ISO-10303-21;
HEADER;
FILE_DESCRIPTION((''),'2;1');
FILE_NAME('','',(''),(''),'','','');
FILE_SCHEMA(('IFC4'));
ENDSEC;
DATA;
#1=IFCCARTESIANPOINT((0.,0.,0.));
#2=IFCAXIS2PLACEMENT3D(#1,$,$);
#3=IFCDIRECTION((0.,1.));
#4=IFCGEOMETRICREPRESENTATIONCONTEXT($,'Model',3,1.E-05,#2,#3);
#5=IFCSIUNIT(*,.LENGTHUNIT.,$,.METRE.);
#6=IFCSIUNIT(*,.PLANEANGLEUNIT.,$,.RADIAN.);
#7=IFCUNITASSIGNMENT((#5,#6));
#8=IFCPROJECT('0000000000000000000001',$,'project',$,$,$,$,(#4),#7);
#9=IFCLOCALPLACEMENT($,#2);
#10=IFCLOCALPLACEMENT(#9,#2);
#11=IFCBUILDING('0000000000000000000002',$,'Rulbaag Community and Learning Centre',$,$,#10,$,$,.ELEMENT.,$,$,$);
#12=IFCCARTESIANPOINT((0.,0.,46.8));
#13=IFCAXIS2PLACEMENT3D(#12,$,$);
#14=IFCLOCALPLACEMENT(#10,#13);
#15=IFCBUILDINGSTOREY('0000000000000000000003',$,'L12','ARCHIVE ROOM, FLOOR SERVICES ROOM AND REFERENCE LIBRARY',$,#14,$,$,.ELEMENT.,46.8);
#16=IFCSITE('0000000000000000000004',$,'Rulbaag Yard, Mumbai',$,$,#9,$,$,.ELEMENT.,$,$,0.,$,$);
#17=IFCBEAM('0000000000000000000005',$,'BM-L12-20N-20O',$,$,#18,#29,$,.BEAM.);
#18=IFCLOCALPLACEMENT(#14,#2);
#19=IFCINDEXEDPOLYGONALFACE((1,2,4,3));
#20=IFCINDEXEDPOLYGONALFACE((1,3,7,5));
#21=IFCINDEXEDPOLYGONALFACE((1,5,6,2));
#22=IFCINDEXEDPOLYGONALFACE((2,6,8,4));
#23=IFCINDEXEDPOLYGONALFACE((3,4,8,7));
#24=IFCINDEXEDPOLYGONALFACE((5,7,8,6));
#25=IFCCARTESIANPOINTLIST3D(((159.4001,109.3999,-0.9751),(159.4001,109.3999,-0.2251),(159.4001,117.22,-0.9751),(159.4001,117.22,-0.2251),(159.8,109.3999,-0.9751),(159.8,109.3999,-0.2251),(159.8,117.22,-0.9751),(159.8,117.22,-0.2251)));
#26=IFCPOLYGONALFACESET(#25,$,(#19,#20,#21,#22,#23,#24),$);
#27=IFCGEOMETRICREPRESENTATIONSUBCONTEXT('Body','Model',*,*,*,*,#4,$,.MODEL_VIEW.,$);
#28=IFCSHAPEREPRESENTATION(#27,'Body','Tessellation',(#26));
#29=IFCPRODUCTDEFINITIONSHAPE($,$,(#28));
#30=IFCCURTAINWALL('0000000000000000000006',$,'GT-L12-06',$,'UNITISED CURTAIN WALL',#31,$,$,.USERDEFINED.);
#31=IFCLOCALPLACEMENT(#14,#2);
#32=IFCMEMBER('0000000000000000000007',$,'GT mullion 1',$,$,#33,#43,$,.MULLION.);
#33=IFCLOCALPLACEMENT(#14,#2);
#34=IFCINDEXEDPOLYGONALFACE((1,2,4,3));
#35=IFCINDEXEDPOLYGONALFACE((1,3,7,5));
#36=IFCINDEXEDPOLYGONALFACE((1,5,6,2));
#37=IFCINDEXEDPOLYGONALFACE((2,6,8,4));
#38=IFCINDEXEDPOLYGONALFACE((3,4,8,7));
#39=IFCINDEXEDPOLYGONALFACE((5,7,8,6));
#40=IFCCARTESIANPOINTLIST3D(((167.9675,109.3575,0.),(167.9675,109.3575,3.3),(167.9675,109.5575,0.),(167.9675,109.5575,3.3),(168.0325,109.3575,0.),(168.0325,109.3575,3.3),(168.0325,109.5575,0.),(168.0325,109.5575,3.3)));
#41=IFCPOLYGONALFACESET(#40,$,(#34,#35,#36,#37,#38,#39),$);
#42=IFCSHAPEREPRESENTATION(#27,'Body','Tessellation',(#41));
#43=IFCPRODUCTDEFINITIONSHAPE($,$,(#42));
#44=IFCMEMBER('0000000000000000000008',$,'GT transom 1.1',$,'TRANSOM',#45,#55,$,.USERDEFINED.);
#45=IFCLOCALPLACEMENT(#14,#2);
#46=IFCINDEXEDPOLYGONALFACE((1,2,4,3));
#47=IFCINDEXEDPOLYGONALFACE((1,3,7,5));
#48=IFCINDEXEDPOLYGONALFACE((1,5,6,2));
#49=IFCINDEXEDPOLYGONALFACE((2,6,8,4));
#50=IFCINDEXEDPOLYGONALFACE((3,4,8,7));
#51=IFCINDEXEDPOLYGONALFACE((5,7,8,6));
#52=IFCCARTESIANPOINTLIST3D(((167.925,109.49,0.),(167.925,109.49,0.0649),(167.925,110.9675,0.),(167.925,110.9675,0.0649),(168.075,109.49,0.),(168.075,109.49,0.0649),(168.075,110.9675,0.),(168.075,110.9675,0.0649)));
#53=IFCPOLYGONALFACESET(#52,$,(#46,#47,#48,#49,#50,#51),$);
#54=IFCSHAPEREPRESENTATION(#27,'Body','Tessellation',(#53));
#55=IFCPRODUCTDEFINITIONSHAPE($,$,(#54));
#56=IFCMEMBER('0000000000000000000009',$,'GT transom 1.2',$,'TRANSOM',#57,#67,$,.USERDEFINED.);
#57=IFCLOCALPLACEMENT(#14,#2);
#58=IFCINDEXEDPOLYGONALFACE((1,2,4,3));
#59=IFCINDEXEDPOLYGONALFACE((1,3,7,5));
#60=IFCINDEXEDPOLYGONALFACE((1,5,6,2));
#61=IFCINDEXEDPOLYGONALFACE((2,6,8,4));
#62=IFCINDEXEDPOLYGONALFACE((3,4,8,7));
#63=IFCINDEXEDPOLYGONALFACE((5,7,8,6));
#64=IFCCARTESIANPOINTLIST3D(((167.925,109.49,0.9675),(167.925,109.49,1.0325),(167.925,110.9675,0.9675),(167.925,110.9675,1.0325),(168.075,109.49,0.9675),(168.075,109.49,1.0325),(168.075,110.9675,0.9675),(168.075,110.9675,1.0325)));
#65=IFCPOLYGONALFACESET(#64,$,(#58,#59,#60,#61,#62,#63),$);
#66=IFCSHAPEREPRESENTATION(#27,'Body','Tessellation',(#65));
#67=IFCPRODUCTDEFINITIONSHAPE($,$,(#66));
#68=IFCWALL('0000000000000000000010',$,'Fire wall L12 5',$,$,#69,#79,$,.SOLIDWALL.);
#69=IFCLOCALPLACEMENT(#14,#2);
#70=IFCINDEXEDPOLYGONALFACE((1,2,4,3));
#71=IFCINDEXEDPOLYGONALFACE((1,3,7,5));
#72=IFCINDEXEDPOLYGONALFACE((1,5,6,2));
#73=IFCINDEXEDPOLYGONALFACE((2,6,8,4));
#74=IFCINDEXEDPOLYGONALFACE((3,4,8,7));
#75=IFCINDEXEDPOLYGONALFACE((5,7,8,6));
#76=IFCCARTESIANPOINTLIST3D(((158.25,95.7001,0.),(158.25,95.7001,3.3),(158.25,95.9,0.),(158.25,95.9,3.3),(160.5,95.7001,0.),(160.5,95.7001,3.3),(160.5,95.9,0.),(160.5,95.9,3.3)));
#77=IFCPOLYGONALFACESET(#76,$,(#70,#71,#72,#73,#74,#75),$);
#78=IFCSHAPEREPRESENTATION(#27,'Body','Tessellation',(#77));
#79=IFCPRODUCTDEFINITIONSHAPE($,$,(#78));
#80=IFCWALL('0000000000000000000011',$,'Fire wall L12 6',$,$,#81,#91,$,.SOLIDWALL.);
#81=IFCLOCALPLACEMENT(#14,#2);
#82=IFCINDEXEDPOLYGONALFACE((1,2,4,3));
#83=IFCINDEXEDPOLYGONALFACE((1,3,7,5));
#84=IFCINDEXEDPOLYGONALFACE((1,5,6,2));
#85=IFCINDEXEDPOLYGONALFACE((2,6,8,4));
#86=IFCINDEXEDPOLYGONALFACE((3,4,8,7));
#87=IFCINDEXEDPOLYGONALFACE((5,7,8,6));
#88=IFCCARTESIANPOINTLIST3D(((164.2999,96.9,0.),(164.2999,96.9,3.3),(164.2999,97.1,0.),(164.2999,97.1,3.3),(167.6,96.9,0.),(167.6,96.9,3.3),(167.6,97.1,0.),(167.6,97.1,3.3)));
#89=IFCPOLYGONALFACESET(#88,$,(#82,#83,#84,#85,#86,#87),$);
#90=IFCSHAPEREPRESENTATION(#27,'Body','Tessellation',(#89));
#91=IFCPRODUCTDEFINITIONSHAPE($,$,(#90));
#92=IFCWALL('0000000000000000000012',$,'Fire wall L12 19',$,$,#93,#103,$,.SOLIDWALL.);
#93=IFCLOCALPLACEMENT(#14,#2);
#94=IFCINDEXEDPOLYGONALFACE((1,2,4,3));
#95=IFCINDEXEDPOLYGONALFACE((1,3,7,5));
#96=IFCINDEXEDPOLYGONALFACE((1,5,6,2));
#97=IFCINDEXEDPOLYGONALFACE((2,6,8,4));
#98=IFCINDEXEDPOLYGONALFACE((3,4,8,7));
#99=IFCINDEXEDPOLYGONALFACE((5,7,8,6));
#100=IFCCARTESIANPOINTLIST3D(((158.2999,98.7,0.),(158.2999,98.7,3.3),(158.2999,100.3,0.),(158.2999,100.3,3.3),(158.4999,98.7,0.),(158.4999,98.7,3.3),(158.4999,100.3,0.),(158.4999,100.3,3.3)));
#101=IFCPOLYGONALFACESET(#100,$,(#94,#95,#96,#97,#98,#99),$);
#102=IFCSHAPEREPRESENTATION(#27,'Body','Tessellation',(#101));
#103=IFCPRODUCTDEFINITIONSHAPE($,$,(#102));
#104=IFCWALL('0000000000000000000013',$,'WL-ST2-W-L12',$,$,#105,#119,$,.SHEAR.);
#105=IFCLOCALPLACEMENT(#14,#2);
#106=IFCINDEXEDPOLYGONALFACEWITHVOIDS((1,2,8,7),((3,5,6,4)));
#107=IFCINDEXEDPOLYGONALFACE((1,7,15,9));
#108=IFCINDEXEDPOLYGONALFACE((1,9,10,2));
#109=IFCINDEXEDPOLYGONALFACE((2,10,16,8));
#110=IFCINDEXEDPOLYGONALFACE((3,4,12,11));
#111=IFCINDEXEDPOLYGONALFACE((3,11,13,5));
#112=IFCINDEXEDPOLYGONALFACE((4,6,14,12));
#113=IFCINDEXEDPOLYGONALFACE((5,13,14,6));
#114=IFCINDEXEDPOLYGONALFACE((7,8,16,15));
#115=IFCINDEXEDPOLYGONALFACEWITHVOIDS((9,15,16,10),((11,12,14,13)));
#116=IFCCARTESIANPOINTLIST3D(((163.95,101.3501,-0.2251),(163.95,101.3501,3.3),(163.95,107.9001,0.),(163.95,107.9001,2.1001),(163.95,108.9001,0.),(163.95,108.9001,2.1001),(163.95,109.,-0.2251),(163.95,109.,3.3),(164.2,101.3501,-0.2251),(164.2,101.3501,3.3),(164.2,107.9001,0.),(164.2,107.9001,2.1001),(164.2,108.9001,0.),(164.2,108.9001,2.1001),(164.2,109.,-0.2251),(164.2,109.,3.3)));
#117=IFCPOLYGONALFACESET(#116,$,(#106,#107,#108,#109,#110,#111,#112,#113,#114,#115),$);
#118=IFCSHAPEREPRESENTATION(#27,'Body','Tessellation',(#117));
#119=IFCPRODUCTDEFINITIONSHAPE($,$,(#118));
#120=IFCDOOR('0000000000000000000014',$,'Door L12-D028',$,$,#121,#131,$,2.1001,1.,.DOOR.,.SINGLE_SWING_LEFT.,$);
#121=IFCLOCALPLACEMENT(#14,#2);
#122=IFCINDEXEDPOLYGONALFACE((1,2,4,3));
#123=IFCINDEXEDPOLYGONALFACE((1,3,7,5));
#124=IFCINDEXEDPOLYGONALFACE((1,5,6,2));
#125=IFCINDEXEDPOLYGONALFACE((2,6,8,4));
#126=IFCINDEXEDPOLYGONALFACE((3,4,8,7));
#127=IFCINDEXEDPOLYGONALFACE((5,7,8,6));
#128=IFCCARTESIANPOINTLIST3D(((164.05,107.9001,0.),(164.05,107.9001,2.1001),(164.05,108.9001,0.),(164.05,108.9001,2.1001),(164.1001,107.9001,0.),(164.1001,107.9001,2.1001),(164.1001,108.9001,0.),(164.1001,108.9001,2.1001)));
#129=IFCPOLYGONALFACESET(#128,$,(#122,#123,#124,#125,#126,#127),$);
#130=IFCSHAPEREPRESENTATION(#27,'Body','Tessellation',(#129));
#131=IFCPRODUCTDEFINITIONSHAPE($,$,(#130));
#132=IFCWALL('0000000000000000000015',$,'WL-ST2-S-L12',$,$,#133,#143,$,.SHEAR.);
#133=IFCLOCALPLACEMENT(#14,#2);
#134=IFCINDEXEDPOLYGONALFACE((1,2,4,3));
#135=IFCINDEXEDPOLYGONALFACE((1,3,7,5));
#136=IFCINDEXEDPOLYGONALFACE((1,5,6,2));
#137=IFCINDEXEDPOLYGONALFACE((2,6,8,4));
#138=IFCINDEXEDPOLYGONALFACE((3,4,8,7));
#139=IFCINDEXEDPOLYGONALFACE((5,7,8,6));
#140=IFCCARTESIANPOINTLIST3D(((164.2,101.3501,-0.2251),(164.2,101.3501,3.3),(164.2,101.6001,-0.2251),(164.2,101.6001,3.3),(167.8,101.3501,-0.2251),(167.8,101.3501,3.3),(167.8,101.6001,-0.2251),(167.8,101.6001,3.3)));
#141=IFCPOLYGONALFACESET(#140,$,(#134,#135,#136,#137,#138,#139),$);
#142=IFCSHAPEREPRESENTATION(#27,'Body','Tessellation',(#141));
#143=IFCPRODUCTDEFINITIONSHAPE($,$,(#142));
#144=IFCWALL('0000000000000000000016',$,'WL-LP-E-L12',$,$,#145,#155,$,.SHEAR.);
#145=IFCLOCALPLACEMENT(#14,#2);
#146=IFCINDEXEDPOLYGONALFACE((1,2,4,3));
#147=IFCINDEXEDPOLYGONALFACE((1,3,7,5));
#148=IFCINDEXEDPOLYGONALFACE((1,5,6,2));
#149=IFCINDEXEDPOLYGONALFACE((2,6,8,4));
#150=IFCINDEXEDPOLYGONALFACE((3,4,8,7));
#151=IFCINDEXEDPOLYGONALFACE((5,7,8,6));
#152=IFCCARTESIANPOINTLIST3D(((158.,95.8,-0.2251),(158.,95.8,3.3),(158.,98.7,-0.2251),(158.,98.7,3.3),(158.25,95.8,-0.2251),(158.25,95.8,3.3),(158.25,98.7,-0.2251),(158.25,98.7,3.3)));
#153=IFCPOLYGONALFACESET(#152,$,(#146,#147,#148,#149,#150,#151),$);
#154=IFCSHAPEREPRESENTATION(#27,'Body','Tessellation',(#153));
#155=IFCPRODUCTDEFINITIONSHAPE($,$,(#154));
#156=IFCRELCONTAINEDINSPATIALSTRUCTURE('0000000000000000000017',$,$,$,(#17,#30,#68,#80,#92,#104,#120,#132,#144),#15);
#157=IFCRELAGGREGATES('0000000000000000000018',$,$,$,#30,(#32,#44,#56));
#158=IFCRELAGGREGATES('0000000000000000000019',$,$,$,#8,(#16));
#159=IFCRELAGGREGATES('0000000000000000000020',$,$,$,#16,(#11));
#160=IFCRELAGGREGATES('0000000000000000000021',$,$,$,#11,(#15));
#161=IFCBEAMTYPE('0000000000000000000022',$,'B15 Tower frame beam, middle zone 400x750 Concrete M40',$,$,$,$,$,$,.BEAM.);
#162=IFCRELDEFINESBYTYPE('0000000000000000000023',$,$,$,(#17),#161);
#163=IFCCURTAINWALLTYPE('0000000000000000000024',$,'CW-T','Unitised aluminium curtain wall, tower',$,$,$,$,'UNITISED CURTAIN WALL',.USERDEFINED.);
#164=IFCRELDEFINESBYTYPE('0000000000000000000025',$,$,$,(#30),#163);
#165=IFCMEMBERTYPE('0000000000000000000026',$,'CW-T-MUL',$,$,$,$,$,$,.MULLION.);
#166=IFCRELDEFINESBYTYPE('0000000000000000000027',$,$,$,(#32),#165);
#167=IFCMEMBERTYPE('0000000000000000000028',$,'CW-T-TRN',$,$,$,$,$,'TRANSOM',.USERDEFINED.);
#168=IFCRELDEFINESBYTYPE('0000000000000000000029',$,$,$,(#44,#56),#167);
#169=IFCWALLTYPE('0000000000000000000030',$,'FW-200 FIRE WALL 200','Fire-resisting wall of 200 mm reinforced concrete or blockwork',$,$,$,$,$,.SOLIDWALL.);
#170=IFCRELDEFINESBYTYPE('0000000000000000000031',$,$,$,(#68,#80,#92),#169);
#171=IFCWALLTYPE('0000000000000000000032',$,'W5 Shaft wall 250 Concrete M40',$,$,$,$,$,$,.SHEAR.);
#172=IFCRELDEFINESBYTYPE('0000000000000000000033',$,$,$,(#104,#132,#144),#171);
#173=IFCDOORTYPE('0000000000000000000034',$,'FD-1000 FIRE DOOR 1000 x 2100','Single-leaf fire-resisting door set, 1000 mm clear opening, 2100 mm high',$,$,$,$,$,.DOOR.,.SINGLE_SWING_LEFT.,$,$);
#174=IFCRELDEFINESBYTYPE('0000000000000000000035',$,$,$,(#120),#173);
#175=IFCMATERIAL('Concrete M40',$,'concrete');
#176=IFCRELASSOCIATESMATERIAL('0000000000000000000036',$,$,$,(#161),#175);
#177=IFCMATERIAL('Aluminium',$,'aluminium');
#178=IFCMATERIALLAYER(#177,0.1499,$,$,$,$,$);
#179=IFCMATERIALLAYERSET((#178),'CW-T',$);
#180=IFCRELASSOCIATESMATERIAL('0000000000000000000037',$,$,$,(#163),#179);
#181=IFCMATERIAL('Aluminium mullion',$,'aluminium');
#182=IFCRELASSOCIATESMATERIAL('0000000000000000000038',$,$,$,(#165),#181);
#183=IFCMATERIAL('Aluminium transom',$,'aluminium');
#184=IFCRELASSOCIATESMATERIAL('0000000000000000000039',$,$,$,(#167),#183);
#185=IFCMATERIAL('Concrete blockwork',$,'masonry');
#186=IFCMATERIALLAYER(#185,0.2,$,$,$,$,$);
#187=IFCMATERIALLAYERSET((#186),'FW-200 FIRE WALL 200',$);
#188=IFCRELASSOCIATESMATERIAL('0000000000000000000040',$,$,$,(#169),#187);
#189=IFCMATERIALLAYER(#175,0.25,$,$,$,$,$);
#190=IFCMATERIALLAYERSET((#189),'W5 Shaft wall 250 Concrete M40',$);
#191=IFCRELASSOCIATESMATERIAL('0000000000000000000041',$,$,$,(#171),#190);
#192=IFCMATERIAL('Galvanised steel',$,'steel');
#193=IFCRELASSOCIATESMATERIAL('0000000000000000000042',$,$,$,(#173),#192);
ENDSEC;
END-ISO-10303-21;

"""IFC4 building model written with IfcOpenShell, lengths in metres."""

from ifc_helpers import new_model, si_unit, direction, frame, frame_2d, origin, origin_2d, place, context, subcontext, project, spatial, rectangle, extrude, material, layer, layer_set, material_profile, profile_set, type_object, element, fill, aggregate, save


model = new_model("IFC4")

# Units and contexts
model_context = context("Model", 3, precision=1e-05, world=origin(), true_north=direction((0.0, 1.0)))
body_context = subcontext(model_context, "Body", "Model", "MODEL_VIEW")
ifc_project = project(units=[si_unit("LENGTHUNIT", "METRE"), si_unit("PLANEANGLEUNIT", "RADIAN")], contexts=[model_context])

# Site, building, storey
site_placement = place(None, origin())
site = spatial("IfcSite", under=ifc_project, at=site_placement, Name="Rulbaag Yard, Mumbai", CompositionType="ELEMENT", RefElevation=0.0)
building_placement = place(site_placement, origin())
building = spatial("IfcBuilding", under=site, at=building_placement, Name="Rulbaag Community and Learning Centre", CompositionType="ELEMENT")
storey_placement = place(building_placement, frame((0.0, 0.0, 46.8)))
storey = spatial("IfcBuildingStorey", under=building, at=storey_placement, Name="L12", Description="ARCHIVE ROOM, FLOOR SERVICES ROOM AND REFERENCE LIBRARY", CompositionType="ELEMENT", Elevation=46.8)

# Beam
ifc_material_1 = material(Name="Concrete M40", Category="concrete")
ifc_material_profile_1 = material_profile(ifc_material_1, rectangle(XDim=0.3999, YDim=0.75, at=origin_2d()), Name="RB400x750")
ifc_profile_set_1 = profile_set([ifc_material_profile_1], Name="Concrete M40")
beam_type = type_object("IfcBeamType", Name="B15 Tower frame beam, middle zone 400x750 Concrete M40", PredefinedType="BEAM", material=ifc_profile_set_1)
beam_placement = place(storey_placement, frame((159.6001, 109.3999, -0.6001), z_axis=(0.0, 1.0, 0.0), x_axis=(-1.0, 0.0, 0.0)))
element("IfcBeam", 1, at=beam_placement, inside=storey, type_object=beam_type, Name="BM-L12-20N-20O", PredefinedType="BEAM", context=body_context, shape_type="SweptSolid", body=[
    extrude(rectangle(XDim=0.3999, YDim=0.75, at=origin_2d()), origin(), (0.0, 0.0, 1.0), 7.8201),
])

# Curtain wall, members
ifc_material_2 = material(Name="Aluminium", Category="aluminium")
ifc_layer_1 = layer(ifc_material_2, 0.1499)
ifc_layer_set_1 = layer_set([ifc_layer_1], Name="CW-T")
curtain_wall_type = type_object("IfcCurtainWallType", Name="CW-T", Description="Unitised aluminium curtain wall, tower", ElementType="UNITISED CURTAIN WALL", PredefinedType="USERDEFINED", material=ifc_layer_set_1)
curtain_wall_placement = place(storey_placement, origin())
curtain_wall = element("IfcCurtainWall", 2, at=curtain_wall_placement, inside=storey, type_object=curtain_wall_type, Name="GT-L12-06", ObjectType="UNITISED CURTAIN WALL", PredefinedType="USERDEFINED")
ifc_material_3 = material(Name="Aluminium mullion", Category="aluminium")
ifc_material_profile_2 = material_profile(ifc_material_3, rectangle(XDim=0.0649, YDim=0.2, at=origin_2d()), Name="AL 65x200")
ifc_profile_set_2 = profile_set([ifc_material_profile_2], Name="Aluminium mullion")
member_type_1 = type_object("IfcMemberType", Name="CW-T-MUL", PredefinedType="MULLION", material=ifc_profile_set_2)
member_1_placement = place(storey_placement, frame((168.0, 109.4575, 0.0), z_axis=(0.0, 0.0, 1.0), x_axis=(-1.0, 0.0, 0.0)))
member_1 = element("IfcMember", 3, at=member_1_placement, type_object=member_type_1, Name="GT mullion 1", PredefinedType="MULLION", context=body_context, shape_type="SweptSolid", body=[
    extrude(rectangle(XDim=0.0649, YDim=0.2, at=origin_2d()), origin(), (0.0, 0.0, 1.0), 3.3),
])
ifc_material_4 = material(Name="Aluminium transom", Category="aluminium")
ifc_material_profile_3 = material_profile(ifc_material_4, rectangle(XDim=0.1499, YDim=0.0649, at=origin_2d()), Name="AL 65x150 T")
ifc_profile_set_3 = profile_set([ifc_material_profile_3], Name="Aluminium transom")
member_type_2 = type_object("IfcMemberType", Name="CW-T-TRN", ElementType="TRANSOM", PredefinedType="USERDEFINED", material=ifc_profile_set_3)
member_2_placement = place(storey_placement, frame((168.0, 109.49, 0.0325), z_axis=(0.0, 1.0, 0.0), x_axis=(-1.0, 0.0, 0.0)))
member_2 = element("IfcMember", 4, at=member_2_placement, type_object=member_type_2, Name="GT transom 1.1", ObjectType="TRANSOM", PredefinedType="USERDEFINED", context=body_context, shape_type="SweptSolid", body=[
    extrude(rectangle(XDim=0.1499, YDim=0.0649, at=origin_2d()), origin(), (0.0, 0.0, 1.0), 1.4775),
])
member_3_placement = place(storey_placement, frame((168.0, 109.49, 1.0), z_axis=(0.0, 1.0, 0.0), x_axis=(-1.0, 0.0, 0.0)))
member_3 = element("IfcMember", 5, at=member_3_placement, type_object=member_type_2, Name="GT transom 1.2", ObjectType="TRANSOM", PredefinedType="USERDEFINED", context=body_context, shape_type="SweptSolid", body=[
    extrude(rectangle(XDim=0.1499, YDim=0.0649, at=origin_2d()), origin(), (0.0, 0.0, 1.0), 1.4775),
])
aggregate(curtain_wall, [member_1, member_2, member_3])

# Walls
ifc_material_5 = material(Name="Concrete blockwork", Category="masonry")
ifc_layer_2 = layer(ifc_material_5, 0.2)
ifc_layer_set_2 = layer_set([ifc_layer_2], Name="FW-200 FIRE WALL 200")
wall_type_1 = type_object("IfcWallType", Name="FW-200 FIRE WALL 200", Description="Fire-resisting wall of 200 mm reinforced concrete or blockwork", PredefinedType="SOLIDWALL", material=ifc_layer_set_2)
wall_1_placement = place(storey_placement, frame((158.25, 95.8, 0.0), z_axis=(0.0, 0.0, 1.0), x_axis=(1.0, 0.0, 0.0)))
element("IfcWall", 6, at=wall_1_placement, inside=storey, type_object=wall_type_1, Name="Fire wall L12 5", PredefinedType="SOLIDWALL", context=body_context, shape_type="SweptSolid", body=[
    extrude(rectangle(XDim=2.25, YDim=0.2, at=frame_2d((1.125, 0.0))), origin(), (0.0, 0.0, 1.0), 3.3),
])
wall_2_placement = place(storey_placement, frame((164.3, 97.0, 0.0), z_axis=(0.0, 0.0, 1.0), x_axis=(1.0, 0.0, 0.0)))
element("IfcWall", 7, at=wall_2_placement, inside=storey, type_object=wall_type_1, Name="Fire wall L12 6", PredefinedType="SOLIDWALL", context=body_context, shape_type="SweptSolid", body=[
    extrude(rectangle(XDim=3.3, YDim=0.2, at=frame_2d((1.6499, 0.0))), origin(), (0.0, 0.0, 1.0), 3.3),
])
wall_3_placement = place(storey_placement, frame((158.3999, 98.7, 0.0), z_axis=(0.0, 0.0, 1.0), x_axis=(0.0, 1.0, 0.0)))
element("IfcWall", 8, at=wall_3_placement, inside=storey, type_object=wall_type_1, Name="Fire wall L12 19", PredefinedType="SOLIDWALL", context=body_context, shape_type="SweptSolid", body=[
    extrude(rectangle(XDim=1.6001, YDim=0.2, at=frame_2d((0.8, 0.0))), origin(), (0.0, 0.0, 1.0), 3.3),
])

# Wall, opening, door
ifc_layer_3 = layer(ifc_material_1, 0.25)
ifc_layer_set_3 = layer_set([ifc_layer_3], Name="W5 Shaft wall 250 Concrete M40")
wall_type_2 = type_object("IfcWallType", Name="W5 Shaft wall 250 Concrete M40", PredefinedType="SHEAR", material=ifc_layer_set_3)
wall_4_placement = place(storey_placement, frame((164.075, 101.3501, -0.2251), z_axis=(0.0, 0.0, 1.0), x_axis=(0.0, 1.0, 0.0)))
wall_4 = element("IfcWall", 9, at=wall_4_placement, inside=storey, type_object=wall_type_2, Name="WL-ST2-W-L12", PredefinedType="SHEAR", context=body_context, shape_type="SweptSolid", body=[
    extrude(rectangle(XDim=7.6499, YDim=0.25, at=frame_2d((3.825, 0.0))), origin(), (0.0, 0.0, 1.0), 3.5251),
])
opening_placement = place(wall_4_placement, frame((6.55, 0.0, 0.2251)))
opening = element("IfcOpeningElement", 10, at=opening_placement, cuts=wall_4, PredefinedType="OPENING", context=body_context, shape_type="SweptSolid", body=[
    extrude(rectangle(XDim=1.0, YDim=2.1001, at=frame_2d((0.5, 1.05))), frame((0.0, 0.135, 0.0), z_axis=(0.0, -1.0, 0.0), x_axis=(1.0, 0.0, 0.0)), (0.0, 0.0, 1.0), 0.27),
])
ifc_material_6 = material(Name="Galvanised steel", Category="steel")
door_type = type_object("IfcDoorType", Name="FD-1000 FIRE DOOR 1000 x 2100", Description="Single-leaf fire-resisting door set, 1000 mm clear opening, 2100 mm high", OperationType="SINGLE_SWING_LEFT", PredefinedType="DOOR", material=ifc_material_6)
door_placement = place(opening_placement, origin())
door = element("IfcDoor", 11, at=door_placement, inside=storey, type_object=door_type, Name="Door L12-D028", OperationType="SINGLE_SWING_LEFT", OverallHeight=2.1001, OverallWidth=1.0, PredefinedType="DOOR", context=body_context, shape_type="SweptSolid", body=[
    extrude(rectangle(XDim=1.0, YDim=2.1001, at=frame_2d((0.5, 1.05))), frame((0.0, 0.0249, 0.0), z_axis=(0.0, -1.0, 0.0), x_axis=(1.0, 0.0, 0.0)), (0.0, 0.0, 1.0), 0.05),
])
fill(opening, door)

# Walls
wall_5_placement = place(storey_placement, frame((164.2, 101.4751, -0.2251), z_axis=(0.0, 0.0, 1.0), x_axis=(1.0, 0.0, 0.0)))
element("IfcWall", 12, at=wall_5_placement, inside=storey, type_object=wall_type_2, Name="WL-ST2-S-L12", PredefinedType="SHEAR", context=body_context, shape_type="SweptSolid", body=[
    extrude(rectangle(XDim=3.6001, YDim=0.25, at=frame_2d((1.8, 0.0))), origin(), (0.0, 0.0, 1.0), 3.5251),
])
wall_6_placement = place(storey_placement, frame((158.125, 95.8, -0.2251), z_axis=(0.0, 0.0, 1.0), x_axis=(0.0, 1.0, 0.0)))
element("IfcWall", 13, at=wall_6_placement, inside=storey, type_object=wall_type_2, Name="WL-LP-E-L12", PredefinedType="SHEAR", context=body_context, shape_type="SweptSolid", body=[
    extrude(rectangle(XDim=2.8999, YDim=0.25, at=frame_2d((1.45, 0.0))), origin(), (0.0, 0.0, 1.0), 3.5251),
])

save(model, "model.ifc")
